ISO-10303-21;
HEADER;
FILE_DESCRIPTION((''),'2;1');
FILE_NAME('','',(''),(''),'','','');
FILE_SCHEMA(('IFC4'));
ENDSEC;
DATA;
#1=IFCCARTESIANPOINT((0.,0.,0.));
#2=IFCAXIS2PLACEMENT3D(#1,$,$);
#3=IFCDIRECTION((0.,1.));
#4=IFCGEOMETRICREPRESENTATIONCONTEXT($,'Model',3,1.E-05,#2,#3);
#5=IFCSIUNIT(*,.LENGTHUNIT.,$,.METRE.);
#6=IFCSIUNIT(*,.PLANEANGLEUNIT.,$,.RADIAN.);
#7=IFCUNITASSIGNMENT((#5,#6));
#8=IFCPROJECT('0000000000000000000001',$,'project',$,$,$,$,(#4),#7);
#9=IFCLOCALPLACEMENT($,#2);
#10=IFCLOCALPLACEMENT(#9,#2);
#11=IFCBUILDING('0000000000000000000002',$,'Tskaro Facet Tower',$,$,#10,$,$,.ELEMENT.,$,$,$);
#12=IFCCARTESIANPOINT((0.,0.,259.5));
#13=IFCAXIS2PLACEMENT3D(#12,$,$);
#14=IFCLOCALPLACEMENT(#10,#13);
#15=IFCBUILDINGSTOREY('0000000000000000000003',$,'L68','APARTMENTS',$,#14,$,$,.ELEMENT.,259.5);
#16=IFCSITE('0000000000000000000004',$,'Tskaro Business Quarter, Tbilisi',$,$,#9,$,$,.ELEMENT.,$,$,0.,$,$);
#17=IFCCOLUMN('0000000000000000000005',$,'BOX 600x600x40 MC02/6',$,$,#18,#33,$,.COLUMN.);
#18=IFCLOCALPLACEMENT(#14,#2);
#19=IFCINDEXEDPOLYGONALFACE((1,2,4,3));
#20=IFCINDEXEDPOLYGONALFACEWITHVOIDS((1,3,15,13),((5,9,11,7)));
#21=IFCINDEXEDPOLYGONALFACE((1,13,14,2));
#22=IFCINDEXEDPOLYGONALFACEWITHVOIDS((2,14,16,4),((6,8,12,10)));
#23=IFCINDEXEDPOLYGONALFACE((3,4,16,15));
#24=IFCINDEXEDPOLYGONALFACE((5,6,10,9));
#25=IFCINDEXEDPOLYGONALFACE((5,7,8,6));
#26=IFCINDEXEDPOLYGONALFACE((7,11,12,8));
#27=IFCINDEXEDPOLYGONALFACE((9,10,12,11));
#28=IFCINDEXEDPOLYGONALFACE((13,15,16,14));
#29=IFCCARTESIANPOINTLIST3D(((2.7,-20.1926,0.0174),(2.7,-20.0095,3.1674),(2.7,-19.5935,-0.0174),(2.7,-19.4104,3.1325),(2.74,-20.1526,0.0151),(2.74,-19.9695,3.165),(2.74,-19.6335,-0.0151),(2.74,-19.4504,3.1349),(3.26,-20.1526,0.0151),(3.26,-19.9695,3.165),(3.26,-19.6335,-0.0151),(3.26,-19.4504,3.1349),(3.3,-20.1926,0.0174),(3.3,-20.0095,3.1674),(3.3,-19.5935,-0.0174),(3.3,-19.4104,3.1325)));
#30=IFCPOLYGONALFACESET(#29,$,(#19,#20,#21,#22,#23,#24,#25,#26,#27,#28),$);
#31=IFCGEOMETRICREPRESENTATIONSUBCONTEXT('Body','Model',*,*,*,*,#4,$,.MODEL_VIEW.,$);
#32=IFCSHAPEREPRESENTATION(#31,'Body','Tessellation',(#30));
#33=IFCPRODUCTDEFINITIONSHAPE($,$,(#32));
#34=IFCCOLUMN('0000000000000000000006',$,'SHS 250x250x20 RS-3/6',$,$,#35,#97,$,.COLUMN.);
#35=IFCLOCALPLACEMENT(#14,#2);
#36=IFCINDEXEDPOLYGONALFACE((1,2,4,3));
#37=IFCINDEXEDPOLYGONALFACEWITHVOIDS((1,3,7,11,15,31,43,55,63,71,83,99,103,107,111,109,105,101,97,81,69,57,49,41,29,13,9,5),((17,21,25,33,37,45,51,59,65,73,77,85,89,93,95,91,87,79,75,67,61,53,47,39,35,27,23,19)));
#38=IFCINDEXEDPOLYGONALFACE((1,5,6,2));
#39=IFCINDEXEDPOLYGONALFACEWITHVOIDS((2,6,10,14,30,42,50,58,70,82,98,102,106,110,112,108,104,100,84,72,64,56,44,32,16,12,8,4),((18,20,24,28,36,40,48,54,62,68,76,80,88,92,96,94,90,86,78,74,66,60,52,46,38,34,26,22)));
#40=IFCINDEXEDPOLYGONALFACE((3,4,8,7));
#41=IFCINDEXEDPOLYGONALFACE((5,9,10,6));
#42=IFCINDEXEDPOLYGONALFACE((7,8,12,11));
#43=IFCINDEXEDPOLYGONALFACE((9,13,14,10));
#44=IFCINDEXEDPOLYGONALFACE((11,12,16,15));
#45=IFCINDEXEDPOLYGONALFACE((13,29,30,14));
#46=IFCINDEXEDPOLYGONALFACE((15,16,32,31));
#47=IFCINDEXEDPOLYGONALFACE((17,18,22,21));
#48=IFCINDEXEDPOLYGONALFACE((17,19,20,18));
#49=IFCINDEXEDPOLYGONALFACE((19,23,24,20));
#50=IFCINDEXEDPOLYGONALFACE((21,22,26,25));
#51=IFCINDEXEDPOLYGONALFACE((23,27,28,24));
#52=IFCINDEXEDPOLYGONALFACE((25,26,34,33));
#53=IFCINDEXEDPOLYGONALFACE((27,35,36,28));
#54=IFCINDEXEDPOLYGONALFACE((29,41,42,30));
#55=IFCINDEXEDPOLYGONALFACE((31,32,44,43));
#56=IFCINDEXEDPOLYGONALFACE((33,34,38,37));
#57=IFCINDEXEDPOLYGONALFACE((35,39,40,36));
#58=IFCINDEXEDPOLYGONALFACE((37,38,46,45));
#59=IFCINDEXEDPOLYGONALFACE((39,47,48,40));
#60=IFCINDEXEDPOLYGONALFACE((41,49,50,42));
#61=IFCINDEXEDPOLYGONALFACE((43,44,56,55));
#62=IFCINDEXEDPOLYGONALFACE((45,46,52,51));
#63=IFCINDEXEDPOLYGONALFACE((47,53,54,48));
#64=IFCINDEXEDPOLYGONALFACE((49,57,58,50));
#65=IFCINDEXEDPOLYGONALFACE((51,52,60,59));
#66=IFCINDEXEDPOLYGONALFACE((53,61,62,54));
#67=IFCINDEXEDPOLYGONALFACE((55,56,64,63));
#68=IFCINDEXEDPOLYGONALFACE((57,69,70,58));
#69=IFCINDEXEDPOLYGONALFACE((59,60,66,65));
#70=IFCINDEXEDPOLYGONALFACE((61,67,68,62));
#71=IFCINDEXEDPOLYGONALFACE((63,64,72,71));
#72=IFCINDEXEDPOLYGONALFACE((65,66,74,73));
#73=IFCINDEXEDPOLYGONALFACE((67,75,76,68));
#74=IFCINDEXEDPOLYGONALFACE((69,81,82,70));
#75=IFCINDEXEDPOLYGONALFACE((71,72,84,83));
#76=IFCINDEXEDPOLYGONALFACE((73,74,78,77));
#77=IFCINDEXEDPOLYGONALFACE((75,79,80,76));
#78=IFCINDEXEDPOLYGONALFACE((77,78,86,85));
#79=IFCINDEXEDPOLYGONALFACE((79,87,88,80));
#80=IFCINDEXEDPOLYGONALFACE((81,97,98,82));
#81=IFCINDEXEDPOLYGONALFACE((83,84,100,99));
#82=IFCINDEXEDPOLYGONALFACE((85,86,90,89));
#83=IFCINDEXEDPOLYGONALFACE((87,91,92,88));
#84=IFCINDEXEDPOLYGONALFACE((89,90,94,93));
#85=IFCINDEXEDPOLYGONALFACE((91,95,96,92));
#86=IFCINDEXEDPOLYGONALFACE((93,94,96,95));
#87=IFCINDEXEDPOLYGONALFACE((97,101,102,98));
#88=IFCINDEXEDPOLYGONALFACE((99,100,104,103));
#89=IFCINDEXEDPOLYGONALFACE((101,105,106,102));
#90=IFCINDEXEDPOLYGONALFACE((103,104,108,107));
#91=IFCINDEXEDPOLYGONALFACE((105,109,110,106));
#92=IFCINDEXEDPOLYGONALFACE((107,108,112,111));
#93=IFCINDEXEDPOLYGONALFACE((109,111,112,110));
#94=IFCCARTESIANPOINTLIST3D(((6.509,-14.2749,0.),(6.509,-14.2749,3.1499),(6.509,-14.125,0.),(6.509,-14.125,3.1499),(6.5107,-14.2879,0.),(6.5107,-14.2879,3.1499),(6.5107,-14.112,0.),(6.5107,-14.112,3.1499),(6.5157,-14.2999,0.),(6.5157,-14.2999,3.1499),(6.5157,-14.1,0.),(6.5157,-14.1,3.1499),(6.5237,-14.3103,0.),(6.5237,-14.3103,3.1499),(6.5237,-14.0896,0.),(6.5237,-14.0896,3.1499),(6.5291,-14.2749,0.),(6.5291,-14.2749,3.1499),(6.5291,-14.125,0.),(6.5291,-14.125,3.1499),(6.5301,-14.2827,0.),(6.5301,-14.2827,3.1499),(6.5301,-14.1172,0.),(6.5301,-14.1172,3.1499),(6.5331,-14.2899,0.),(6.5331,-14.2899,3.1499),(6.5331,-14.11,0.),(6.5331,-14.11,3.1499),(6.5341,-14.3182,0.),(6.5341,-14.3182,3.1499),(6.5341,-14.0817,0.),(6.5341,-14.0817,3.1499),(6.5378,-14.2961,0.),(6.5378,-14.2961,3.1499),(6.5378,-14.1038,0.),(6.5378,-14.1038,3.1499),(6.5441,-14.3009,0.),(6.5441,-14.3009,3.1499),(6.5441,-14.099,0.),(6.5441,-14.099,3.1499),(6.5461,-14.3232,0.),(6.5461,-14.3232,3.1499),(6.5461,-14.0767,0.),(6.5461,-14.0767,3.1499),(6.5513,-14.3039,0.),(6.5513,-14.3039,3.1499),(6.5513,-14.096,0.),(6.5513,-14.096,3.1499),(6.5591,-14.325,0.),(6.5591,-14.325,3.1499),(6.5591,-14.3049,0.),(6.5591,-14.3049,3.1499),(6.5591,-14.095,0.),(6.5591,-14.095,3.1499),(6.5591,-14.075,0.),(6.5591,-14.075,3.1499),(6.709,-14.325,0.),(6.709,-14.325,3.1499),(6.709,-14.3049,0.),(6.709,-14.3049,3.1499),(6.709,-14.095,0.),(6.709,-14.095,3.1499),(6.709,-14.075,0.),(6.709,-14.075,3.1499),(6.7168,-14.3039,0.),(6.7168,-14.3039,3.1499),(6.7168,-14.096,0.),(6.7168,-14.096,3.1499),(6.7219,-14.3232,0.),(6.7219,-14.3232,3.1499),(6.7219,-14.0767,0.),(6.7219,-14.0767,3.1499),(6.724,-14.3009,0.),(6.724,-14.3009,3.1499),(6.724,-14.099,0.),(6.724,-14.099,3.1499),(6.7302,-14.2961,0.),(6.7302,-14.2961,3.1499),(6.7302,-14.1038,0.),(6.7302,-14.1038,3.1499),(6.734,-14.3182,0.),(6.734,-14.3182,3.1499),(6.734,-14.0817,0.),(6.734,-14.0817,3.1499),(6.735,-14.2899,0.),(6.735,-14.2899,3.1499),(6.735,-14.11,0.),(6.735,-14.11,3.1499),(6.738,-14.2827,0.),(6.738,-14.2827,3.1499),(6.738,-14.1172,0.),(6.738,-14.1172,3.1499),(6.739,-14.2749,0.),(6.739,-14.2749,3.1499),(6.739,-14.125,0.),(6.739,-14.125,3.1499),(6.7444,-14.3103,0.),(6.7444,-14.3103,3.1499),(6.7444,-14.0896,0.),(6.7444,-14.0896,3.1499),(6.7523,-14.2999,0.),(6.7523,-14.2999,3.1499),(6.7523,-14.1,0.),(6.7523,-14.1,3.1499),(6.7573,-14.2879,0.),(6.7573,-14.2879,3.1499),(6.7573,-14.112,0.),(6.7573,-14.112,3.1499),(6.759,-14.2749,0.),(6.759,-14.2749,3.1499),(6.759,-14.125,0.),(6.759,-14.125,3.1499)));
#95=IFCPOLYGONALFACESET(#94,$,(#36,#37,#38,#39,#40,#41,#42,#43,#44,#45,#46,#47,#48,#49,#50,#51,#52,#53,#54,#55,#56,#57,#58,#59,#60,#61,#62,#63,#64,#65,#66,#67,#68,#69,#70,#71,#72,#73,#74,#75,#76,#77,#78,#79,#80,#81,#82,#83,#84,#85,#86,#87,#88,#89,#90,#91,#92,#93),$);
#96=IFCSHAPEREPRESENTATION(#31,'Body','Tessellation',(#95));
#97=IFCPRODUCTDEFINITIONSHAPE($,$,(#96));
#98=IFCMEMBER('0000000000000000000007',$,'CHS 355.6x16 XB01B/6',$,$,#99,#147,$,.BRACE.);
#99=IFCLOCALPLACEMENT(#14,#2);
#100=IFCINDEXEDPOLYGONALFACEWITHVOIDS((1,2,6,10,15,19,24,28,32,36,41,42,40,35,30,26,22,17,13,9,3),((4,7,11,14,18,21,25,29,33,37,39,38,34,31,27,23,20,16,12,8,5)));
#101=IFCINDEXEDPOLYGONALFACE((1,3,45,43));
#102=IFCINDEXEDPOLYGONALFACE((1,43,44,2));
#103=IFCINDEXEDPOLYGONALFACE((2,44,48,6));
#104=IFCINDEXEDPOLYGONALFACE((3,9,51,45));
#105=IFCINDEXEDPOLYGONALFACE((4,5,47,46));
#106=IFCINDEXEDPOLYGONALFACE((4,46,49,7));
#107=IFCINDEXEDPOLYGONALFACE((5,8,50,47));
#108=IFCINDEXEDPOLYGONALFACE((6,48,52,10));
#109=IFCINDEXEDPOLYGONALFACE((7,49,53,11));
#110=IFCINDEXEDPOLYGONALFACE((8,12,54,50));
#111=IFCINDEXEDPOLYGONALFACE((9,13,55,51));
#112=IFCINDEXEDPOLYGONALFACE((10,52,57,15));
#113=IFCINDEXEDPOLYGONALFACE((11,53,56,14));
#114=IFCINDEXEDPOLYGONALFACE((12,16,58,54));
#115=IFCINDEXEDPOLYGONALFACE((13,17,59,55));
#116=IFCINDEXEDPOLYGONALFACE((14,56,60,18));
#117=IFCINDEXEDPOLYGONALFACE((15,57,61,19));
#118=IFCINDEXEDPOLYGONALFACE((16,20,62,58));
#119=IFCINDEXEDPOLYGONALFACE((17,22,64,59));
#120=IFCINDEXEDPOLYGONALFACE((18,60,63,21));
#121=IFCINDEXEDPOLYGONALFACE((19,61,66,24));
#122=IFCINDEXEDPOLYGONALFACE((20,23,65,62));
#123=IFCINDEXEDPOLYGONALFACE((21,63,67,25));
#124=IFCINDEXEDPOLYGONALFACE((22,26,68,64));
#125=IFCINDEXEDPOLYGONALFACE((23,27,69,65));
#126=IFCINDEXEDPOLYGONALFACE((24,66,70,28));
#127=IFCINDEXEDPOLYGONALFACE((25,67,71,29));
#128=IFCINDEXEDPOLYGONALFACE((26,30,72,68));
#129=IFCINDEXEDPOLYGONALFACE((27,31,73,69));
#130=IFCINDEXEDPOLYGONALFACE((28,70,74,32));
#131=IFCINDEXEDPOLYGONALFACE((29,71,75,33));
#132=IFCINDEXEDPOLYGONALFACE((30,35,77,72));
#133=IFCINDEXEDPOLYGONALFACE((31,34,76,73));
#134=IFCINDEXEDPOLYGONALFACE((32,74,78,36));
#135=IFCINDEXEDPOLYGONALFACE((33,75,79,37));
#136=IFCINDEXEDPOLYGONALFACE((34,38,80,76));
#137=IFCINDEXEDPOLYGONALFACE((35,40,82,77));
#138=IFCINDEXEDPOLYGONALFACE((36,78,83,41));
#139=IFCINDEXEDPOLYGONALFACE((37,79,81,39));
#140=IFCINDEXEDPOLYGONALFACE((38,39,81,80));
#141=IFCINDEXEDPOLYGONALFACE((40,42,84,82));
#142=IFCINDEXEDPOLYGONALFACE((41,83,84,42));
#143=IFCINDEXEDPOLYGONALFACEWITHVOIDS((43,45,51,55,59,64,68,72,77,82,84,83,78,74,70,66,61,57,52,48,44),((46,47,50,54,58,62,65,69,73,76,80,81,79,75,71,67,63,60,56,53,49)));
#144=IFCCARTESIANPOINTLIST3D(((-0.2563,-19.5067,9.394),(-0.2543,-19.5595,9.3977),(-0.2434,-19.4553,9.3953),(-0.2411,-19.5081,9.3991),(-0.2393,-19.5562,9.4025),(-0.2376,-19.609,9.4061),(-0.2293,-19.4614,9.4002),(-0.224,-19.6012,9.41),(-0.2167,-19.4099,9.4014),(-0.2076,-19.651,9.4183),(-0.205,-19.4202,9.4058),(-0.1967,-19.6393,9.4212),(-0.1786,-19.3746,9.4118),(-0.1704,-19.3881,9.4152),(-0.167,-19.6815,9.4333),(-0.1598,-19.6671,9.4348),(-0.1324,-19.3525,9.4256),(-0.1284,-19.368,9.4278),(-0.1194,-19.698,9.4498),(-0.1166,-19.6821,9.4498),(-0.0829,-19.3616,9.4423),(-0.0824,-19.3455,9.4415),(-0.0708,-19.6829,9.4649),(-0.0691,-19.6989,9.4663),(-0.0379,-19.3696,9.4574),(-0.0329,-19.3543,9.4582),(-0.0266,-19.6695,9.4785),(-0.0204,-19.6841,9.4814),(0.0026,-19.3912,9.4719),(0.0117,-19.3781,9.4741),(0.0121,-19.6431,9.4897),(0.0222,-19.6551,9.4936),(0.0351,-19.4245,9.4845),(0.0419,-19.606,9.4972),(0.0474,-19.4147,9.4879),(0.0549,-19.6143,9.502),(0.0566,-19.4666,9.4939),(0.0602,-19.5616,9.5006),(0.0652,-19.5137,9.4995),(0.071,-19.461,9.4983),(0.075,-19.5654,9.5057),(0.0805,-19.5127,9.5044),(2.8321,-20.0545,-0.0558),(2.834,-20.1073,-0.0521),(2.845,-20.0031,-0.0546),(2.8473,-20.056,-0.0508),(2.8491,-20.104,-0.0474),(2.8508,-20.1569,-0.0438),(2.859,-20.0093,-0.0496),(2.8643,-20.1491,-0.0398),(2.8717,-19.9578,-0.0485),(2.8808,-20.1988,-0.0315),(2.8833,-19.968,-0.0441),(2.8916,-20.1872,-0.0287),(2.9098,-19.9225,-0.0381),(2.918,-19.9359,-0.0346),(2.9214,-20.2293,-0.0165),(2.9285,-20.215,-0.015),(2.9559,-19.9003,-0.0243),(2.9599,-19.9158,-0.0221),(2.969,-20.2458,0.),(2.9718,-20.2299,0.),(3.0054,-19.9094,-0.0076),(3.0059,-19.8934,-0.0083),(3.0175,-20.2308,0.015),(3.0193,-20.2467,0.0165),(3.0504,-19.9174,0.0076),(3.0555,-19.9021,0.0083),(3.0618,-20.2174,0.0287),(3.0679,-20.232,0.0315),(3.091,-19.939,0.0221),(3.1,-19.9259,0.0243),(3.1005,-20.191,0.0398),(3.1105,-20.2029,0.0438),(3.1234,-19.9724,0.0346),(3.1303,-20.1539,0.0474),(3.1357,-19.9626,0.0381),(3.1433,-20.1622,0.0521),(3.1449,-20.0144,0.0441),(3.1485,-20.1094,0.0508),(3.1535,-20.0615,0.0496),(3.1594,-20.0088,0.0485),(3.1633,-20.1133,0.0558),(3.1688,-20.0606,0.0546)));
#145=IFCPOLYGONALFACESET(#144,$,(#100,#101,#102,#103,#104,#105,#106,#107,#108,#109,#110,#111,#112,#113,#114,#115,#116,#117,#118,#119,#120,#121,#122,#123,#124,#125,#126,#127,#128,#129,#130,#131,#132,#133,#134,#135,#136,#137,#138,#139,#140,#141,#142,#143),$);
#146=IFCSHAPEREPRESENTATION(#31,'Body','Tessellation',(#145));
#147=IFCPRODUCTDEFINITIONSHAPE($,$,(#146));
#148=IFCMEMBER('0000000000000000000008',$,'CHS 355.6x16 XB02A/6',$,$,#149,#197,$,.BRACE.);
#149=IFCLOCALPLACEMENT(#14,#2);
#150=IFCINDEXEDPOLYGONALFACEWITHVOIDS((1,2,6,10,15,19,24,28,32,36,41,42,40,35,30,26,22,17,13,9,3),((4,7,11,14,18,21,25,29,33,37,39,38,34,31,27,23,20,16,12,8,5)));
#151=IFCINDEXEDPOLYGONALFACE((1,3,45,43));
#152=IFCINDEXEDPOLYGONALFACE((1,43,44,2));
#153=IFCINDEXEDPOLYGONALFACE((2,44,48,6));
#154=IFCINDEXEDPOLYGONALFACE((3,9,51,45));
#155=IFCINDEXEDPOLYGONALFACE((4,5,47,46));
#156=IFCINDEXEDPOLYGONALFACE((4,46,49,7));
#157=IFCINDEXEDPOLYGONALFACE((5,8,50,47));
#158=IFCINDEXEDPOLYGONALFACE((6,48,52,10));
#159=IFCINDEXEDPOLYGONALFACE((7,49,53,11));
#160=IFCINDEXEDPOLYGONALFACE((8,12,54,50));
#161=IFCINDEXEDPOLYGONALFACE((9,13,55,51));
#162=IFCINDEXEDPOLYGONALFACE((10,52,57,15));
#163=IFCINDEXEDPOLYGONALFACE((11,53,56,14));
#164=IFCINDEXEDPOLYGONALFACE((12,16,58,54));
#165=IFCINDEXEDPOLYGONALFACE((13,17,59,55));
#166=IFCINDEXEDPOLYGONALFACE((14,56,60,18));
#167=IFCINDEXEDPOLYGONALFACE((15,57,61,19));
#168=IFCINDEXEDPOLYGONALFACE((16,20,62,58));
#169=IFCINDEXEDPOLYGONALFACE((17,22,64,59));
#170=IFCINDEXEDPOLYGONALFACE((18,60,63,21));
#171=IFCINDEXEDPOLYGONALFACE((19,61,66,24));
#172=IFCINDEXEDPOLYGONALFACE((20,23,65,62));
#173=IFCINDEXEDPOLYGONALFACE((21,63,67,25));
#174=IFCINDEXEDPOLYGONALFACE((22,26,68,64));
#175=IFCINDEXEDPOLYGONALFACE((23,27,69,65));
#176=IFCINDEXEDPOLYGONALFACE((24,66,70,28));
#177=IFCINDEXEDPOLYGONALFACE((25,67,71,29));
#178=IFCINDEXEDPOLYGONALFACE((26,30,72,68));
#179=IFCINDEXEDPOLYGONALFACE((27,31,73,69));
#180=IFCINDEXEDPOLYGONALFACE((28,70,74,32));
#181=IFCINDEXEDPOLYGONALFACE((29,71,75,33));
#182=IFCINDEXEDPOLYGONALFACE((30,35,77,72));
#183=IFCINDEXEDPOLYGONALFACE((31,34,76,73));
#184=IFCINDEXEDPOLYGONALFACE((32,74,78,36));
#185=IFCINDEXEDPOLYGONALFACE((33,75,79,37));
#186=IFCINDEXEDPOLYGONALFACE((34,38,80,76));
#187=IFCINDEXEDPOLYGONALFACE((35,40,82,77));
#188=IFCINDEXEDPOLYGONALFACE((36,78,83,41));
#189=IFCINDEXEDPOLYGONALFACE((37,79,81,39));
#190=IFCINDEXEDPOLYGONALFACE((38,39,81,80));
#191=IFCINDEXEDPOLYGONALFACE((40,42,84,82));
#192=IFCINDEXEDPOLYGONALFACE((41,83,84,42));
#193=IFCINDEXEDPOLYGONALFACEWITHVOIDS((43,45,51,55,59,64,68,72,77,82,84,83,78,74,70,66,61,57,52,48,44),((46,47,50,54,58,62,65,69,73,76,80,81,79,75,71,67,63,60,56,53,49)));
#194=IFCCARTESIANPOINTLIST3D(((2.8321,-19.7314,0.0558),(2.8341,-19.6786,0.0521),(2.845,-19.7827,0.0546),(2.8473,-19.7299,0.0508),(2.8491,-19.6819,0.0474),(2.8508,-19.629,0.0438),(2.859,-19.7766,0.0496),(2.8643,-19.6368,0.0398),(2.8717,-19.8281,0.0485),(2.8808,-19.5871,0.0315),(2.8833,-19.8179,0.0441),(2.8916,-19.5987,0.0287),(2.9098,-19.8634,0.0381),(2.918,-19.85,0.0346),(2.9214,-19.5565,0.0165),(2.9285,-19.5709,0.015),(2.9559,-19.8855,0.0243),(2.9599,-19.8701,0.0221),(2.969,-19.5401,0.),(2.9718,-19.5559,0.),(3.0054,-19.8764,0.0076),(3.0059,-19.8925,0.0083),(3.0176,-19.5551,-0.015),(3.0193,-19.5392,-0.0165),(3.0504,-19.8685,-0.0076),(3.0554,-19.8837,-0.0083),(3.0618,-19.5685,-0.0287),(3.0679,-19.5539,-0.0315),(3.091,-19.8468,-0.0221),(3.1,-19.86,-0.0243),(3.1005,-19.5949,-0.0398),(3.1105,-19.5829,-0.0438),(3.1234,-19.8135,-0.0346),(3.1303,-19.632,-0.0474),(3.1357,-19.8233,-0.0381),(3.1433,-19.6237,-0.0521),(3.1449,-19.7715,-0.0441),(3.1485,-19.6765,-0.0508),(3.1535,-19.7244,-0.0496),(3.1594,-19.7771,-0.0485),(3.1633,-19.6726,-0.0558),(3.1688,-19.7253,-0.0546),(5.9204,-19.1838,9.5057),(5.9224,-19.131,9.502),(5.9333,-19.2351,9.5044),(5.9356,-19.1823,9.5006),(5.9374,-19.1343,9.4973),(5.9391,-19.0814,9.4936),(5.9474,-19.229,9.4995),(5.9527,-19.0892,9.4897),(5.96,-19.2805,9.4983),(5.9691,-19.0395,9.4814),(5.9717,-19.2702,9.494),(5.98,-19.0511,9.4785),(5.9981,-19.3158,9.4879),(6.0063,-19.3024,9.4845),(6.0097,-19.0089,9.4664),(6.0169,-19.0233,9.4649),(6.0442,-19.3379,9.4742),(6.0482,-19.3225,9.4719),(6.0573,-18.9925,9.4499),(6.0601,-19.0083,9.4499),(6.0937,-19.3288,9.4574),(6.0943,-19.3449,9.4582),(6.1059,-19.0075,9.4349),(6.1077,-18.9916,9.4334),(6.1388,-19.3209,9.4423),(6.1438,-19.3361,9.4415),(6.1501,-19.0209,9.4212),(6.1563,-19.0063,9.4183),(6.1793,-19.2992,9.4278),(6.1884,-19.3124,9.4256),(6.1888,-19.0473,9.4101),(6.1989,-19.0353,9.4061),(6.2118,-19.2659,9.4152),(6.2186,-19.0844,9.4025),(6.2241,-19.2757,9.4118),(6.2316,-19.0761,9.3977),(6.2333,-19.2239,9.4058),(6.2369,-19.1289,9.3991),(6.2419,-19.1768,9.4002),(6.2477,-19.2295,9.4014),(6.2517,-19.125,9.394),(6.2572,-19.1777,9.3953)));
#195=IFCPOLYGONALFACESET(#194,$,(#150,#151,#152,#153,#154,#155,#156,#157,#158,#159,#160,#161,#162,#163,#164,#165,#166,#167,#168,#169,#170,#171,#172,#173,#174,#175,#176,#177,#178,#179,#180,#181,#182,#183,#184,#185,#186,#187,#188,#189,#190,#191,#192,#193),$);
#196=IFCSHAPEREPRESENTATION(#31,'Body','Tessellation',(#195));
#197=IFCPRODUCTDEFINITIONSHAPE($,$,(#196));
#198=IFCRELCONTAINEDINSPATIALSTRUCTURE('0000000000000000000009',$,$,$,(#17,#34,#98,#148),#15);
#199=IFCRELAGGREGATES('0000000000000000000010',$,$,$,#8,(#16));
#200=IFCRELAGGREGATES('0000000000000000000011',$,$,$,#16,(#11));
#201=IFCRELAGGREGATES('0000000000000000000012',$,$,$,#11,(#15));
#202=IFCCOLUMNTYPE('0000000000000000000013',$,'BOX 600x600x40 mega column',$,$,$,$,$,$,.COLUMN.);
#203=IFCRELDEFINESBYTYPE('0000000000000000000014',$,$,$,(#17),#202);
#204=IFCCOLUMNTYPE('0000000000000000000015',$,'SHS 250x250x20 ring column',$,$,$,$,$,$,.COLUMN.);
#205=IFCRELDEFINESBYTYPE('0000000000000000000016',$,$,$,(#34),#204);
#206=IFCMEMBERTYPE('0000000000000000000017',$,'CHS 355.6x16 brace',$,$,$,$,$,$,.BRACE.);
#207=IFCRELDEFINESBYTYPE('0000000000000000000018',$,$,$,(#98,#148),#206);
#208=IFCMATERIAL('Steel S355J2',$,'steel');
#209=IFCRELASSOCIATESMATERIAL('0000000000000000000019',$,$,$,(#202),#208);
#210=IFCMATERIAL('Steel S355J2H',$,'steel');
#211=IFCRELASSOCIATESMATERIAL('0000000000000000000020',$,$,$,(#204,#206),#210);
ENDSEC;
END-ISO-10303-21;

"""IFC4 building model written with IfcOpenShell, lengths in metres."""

from ifc_helpers import new_model, si_unit, direction, frame, origin, origin_2d, place, context, subcontext, project, spatial, hollow_rectangle, hollow_circle, extrude, material, material_profile, profile_set, type_object, element, save


model = new_model("IFC4")

# Units and contexts
model_context = context("Model", 3, precision=1e-05, world=origin(), true_north=direction((0.0, 1.0)))
body_context = subcontext(model_context, "Body", "Model", "MODEL_VIEW")
ifc_project = project(units=[si_unit("LENGTHUNIT", "METRE"), si_unit("PLANEANGLEUNIT", "RADIAN")], contexts=[model_context])

# Site, building, storey
site_placement = place(None, origin())
site = spatial("IfcSite", under=ifc_project, at=site_placement, Name="Tskaro Business Quarter, Tbilisi", CompositionType="ELEMENT", RefElevation=0.0)
building_placement = place(site_placement, origin())
building = spatial("IfcBuilding", under=site, at=building_placement, Name="Tskaro Facet Tower", CompositionType="ELEMENT")
storey_placement = place(building_placement, frame((0.0, 0.0, 259.5)))
storey = spatial("IfcBuildingStorey", under=building, at=storey_placement, Name="L68", Description="APARTMENTS", CompositionType="ELEMENT", Elevation=259.5)

# Columns
ifc_material_1 = material(Name="Steel S355J2", Category="steel")
ifc_material_profile_1 = material_profile(ifc_material_1, hollow_rectangle(XDim=0.6001, YDim=0.6001, WallThickness=0.04, at=origin_2d()), Name="BOX 600x600x40")
ifc_profile_set_1 = profile_set([ifc_material_profile_1], Name="Steel S355J2")
column_type_1 = type_object("IfcColumnType", Name="BOX 600x600x40 mega column", PredefinedType="COLUMN", material=ifc_profile_set_1)
column_1_placement = place(storey_placement, frame((3.0, -19.8931, 0.0), z_axis=(0.0, 0.058033, 0.998315), x_axis=(-1.0, 0.0, 0.0)))
element("IfcColumn", 1, at=column_1_placement, inside=storey, type_object=column_type_1, Name="BOX 600x600x40 MC02/6", PredefinedType="COLUMN", context=body_context, shape_type="SweptSolid", body=[
    extrude(hollow_rectangle(XDim=0.6001, YDim=0.6001, WallThickness=0.04, at=origin_2d()), origin(), (0.0, 0.0, 1.0), 3.1553),
])
ifc_material_2 = material(Name="Steel S355J2H", Category="steel")
ifc_material_profile_2 = material_profile(ifc_material_2, hollow_rectangle(XDim=0.25, YDim=0.25, WallThickness=0.02, InnerFilletRadius=0.03, OuterFilletRadius=0.05, at=origin_2d()), Name="SHS 250x250x20")
ifc_profile_set_2 = profile_set([ifc_material_profile_2], Name="Steel S355J2H")
column_type_2 = type_object("IfcColumnType", Name="SHS 250x250x20 ring column", PredefinedType="COLUMN", material=ifc_profile_set_2)
column_2_placement = place(storey_placement, frame((6.634, -14.2, 0.0), z_axis=(0.0, 0.0, 1.0), x_axis=(1.0, 0.0, 0.0)))
element("IfcColumn", 2, at=column_2_placement, inside=storey, type_object=column_type_2, Name="SHS 250x250x20 RS-3/6", PredefinedType="COLUMN", context=body_context, shape_type="SweptSolid", body=[
    extrude(hollow_rectangle(XDim=0.25, YDim=0.25, WallThickness=0.02, InnerFilletRadius=0.03, OuterFilletRadius=0.05, at=origin_2d()), origin(), (0.0, 0.0, 1.0), 3.1499),
])

# Members
ifc_material_profile_3 = material_profile(ifc_material_2, hollow_circle(Radius=0.1777, WallThickness=0.0161, at=origin_2d()), Name="CHS 355.6x16")
ifc_profile_set_3 = profile_set([ifc_material_profile_3], Name="Steel S355J2H")
member_type_1 = type_object("IfcMemberType", Name="CHS 355.6x16 brace", PredefinedType="BRACE", material=ifc_profile_set_3)
for number, where, z_axis, x_axis, name in (
    (3, (3.0, -20.0708, 0.0), (-0.310175, 0.055022, 0.949086), (-0.174664, -0.984628, 0.0), "CHS 355.6x16 XB01B/6"),
    (4, (3.0, -19.7151, 0.0), (0.310175, 0.054998, 0.949087), (-0.174589, 0.984641, 0.0), "CHS 355.6x16 XB02A/6"),
):
    element("IfcMember", number, at=place(storey_placement, frame(where, z_axis=z_axis, x_axis=x_axis)), inside=storey, type_object=member_type_1, Name=name, PredefinedType="BRACE", context=body_context, shape_type="SweptSolid", body=[
        extrude(hollow_circle(Radius=0.1777, WallThickness=0.0161, at=origin_2d()), origin(), (0.0, 0.0, 1.0), 9.9568),
    ])

save(model, "model.ifc")
